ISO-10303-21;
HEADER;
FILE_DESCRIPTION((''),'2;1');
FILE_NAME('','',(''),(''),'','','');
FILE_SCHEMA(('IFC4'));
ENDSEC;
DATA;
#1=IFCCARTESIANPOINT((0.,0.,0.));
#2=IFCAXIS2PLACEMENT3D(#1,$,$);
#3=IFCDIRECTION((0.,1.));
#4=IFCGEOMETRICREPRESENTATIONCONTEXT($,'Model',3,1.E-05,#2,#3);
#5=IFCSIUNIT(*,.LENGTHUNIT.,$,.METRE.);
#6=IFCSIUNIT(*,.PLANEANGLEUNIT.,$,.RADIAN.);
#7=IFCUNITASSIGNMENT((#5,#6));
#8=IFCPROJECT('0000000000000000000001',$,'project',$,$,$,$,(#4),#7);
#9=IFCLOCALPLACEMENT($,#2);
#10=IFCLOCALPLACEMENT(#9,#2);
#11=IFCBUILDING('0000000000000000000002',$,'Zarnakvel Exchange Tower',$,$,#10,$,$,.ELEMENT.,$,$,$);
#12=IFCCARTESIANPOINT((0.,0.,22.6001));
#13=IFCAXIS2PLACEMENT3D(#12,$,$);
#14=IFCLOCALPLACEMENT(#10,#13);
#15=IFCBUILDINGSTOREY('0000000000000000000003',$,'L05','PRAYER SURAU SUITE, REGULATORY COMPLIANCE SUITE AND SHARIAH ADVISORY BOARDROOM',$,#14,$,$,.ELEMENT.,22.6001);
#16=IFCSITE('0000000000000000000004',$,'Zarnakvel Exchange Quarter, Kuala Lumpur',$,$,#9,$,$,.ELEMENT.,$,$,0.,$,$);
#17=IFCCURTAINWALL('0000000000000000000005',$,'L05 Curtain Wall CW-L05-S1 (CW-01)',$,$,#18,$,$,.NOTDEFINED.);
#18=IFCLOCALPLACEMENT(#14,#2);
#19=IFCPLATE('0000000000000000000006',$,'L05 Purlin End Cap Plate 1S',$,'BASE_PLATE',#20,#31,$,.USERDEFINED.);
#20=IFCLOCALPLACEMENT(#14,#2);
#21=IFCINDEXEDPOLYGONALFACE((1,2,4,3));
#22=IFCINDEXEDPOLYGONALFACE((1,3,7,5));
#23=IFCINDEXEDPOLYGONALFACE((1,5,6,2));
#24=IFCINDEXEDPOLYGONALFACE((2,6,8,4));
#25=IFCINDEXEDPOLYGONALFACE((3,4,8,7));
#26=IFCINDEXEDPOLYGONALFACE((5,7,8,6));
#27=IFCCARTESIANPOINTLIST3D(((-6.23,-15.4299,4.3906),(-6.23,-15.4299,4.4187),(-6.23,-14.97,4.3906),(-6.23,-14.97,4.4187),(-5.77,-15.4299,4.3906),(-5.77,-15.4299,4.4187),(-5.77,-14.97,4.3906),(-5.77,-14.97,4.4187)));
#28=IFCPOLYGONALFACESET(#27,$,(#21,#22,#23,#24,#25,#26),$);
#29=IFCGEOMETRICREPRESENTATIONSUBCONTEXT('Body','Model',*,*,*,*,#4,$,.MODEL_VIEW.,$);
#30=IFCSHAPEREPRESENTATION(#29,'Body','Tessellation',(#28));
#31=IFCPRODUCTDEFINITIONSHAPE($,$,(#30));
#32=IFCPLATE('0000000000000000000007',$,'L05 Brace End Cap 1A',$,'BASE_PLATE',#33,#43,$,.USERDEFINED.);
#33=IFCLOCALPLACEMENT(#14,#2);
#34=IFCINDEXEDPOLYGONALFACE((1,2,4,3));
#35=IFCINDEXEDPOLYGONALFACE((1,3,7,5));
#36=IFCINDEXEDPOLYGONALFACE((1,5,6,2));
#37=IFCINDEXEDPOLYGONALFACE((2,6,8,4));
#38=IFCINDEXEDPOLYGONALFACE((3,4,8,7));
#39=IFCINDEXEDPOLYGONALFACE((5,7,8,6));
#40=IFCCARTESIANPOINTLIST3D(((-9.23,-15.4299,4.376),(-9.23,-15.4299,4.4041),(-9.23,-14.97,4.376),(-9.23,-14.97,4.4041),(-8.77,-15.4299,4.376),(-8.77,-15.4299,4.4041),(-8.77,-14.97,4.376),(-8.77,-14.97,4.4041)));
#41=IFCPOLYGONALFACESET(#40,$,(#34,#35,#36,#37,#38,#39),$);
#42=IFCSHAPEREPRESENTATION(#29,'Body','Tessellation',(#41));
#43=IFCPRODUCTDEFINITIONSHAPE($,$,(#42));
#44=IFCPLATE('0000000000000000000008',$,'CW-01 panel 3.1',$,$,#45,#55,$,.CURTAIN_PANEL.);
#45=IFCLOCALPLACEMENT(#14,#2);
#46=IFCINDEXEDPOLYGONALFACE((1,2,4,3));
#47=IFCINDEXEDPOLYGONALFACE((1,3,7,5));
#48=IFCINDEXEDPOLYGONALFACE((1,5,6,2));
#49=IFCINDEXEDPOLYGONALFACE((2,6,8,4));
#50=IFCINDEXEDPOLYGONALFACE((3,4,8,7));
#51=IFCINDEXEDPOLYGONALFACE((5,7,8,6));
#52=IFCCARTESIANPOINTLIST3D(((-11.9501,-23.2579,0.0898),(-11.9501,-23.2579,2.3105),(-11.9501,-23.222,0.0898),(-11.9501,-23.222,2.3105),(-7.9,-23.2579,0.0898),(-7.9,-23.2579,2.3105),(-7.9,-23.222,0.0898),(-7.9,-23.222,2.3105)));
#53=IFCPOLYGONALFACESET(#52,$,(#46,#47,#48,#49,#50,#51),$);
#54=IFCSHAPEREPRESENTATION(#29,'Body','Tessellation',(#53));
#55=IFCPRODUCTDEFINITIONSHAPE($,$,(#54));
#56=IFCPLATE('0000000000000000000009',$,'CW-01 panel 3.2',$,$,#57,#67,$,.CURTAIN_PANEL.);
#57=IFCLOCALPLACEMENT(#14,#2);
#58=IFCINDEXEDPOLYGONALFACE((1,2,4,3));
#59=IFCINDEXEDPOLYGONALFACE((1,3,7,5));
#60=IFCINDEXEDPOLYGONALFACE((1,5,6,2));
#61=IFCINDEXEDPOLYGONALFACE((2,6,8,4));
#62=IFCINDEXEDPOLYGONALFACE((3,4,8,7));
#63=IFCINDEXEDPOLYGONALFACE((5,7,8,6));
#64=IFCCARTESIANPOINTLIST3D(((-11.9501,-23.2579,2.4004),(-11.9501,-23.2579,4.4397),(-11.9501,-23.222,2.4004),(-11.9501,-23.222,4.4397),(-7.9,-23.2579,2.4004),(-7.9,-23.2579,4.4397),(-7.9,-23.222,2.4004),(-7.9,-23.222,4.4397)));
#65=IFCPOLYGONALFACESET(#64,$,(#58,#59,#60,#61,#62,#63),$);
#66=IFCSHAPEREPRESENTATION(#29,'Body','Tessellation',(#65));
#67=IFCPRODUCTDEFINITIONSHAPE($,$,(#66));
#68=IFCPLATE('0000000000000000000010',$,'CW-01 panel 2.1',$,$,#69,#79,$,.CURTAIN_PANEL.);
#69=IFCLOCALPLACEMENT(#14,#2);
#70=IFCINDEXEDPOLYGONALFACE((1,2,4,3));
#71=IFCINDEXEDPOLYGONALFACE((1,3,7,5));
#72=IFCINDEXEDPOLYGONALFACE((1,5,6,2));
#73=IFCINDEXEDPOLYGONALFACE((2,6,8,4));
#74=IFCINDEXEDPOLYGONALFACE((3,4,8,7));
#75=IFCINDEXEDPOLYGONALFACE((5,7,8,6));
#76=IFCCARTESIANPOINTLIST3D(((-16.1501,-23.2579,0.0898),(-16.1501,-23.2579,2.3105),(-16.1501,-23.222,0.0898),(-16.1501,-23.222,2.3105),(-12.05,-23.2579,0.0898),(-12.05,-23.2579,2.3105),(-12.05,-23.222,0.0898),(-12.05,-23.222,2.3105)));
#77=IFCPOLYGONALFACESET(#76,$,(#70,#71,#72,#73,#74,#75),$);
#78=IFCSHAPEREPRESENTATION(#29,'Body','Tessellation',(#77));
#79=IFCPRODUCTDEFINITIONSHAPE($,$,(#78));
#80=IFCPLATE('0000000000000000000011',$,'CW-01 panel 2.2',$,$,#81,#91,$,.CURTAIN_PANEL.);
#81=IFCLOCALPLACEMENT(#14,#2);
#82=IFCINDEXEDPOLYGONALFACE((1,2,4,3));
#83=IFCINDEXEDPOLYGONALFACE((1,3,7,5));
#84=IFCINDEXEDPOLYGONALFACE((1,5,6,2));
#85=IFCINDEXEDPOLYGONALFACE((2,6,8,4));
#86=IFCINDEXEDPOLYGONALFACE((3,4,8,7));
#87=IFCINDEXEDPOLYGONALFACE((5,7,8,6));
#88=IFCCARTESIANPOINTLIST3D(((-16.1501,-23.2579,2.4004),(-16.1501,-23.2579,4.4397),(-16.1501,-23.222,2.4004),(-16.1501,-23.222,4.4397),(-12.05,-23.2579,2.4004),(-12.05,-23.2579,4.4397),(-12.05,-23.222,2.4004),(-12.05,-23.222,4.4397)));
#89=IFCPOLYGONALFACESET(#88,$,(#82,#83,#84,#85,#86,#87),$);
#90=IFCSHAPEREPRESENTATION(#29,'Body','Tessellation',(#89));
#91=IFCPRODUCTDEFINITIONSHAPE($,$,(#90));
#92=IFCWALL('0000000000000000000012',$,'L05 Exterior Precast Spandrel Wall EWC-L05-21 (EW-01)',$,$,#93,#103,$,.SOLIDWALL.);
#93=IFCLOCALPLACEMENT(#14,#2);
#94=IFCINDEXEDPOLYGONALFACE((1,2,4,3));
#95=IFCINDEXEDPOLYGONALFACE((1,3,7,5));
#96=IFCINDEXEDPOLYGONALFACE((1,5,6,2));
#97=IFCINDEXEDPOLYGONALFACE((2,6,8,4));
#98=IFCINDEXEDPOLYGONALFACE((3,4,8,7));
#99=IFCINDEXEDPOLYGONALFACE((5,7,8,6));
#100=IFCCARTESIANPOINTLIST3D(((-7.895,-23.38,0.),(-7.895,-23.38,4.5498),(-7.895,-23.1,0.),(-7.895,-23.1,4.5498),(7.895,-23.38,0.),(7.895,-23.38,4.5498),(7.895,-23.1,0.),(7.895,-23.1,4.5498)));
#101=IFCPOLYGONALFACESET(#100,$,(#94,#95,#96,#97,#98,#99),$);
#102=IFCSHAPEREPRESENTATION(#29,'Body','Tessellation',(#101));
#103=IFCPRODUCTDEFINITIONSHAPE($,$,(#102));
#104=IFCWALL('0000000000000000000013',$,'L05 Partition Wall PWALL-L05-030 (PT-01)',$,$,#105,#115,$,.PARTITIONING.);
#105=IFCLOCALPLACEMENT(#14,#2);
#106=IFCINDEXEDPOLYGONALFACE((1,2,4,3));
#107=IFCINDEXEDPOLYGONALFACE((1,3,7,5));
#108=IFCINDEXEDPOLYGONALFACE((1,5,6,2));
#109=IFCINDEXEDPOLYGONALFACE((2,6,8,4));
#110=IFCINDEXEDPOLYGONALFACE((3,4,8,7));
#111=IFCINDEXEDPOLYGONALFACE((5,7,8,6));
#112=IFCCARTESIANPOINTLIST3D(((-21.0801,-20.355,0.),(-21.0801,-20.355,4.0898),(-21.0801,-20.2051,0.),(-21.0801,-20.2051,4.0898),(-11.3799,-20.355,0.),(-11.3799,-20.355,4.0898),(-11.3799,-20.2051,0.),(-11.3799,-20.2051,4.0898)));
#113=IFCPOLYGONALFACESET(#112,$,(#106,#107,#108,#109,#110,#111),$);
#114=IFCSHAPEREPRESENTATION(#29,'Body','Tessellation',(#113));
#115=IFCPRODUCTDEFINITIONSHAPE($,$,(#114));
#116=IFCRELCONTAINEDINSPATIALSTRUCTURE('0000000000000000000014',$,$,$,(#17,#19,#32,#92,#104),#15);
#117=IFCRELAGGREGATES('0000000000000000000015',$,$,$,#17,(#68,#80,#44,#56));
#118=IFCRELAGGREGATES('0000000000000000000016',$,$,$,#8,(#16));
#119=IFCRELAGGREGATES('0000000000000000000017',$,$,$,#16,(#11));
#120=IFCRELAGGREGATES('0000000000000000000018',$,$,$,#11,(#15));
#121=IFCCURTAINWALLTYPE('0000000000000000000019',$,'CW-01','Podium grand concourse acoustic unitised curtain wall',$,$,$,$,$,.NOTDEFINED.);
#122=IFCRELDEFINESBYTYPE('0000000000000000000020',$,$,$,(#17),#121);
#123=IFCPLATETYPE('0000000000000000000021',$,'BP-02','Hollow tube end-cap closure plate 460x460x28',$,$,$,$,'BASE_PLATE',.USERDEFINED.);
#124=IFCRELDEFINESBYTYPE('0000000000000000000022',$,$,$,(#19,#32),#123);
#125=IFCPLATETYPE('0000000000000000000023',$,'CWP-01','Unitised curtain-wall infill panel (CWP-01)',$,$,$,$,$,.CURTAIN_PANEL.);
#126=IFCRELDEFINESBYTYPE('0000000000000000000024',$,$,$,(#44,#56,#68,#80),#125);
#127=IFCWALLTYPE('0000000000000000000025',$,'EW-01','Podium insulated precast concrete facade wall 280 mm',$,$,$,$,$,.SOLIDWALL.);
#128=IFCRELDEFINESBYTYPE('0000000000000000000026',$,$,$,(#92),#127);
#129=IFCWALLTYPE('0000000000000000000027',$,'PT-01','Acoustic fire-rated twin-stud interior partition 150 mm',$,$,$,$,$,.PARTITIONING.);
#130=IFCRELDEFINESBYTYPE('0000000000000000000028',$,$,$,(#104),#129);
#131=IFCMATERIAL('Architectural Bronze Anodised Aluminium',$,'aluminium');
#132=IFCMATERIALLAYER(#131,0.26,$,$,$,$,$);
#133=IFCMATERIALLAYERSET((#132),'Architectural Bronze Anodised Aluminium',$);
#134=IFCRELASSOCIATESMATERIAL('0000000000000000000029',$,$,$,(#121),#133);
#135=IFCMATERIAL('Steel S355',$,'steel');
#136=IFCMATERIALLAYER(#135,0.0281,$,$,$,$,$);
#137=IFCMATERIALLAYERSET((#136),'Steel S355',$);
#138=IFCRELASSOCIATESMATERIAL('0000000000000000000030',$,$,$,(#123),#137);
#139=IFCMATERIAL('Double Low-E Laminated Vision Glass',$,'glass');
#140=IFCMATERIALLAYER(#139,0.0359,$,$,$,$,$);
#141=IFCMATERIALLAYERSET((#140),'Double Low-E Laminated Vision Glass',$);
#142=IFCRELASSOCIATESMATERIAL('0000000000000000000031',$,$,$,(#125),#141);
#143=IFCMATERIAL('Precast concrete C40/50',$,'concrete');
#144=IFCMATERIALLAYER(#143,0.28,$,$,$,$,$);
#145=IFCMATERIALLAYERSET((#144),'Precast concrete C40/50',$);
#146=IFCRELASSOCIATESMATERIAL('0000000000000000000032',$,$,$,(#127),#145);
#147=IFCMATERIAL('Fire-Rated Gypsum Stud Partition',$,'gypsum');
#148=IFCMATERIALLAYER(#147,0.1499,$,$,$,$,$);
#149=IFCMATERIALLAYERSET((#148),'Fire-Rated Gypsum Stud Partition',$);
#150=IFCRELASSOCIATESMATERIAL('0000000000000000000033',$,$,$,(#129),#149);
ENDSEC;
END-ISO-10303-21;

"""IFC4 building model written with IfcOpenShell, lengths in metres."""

from ifc_helpers import new_model, si_unit, direction, frame, frame_2d, origin, origin_2d, place, context, subcontext, project, spatial, rectangle, extrude, source, transform, mapped, material, layer, layer_set, type_object, element, aggregate, save


model = new_model("IFC4")

# Units and contexts
model_context = context("Model", 3, precision=1e-05, world=origin(), true_north=direction((0.0, 1.0)))
body_context = subcontext(model_context, "Body", "Model", "MODEL_VIEW")
ifc_project = project(units=[si_unit("LENGTHUNIT", "METRE"), si_unit("PLANEANGLEUNIT", "RADIAN")], contexts=[model_context])

# Site, building, storey
site_placement = place(None, origin())
site = spatial("IfcSite", under=ifc_project, at=site_placement, Name="Zarnakvel Exchange Quarter, Kuala Lumpur", CompositionType="ELEMENT", RefElevation=0.0)
building_placement = place(site_placement, origin())
building = spatial("IfcBuilding", under=site, at=building_placement, Name="Zarnakvel Exchange Tower", CompositionType="ELEMENT")
storey_placement = place(building_placement, frame((0.0, 0.0, 22.6001)))
storey = spatial("IfcBuildingStorey", under=building, at=storey_placement, Name="L05", Description="PRAYER SURAU SUITE, REGULATORY COMPLIANCE SUITE AND SHARIAH ADVISORY BOARDROOM", CompositionType="ELEMENT", Elevation=22.6001)

# Shared definitions
ifc_material_1 = material(Name="Steel S355", Category="steel")

# Curtain wall
ifc_material_2 = material(Name="Architectural Bronze Anodised Aluminium", Category="aluminium")
ifc_layer_1 = layer(ifc_material_2, 0.26)
ifc_layer_set_1 = layer_set([ifc_layer_1], Name="Architectural Bronze Anodised Aluminium")
curtain_wall_type = type_object("IfcCurtainWallType", Name="CW-01", Description="Podium grand concourse acoustic unitised curtain wall", PredefinedType="NOTDEFINED", material=ifc_layer_set_1)
curtain_wall_placement = place(storey_placement, origin())
curtain_wall = element("IfcCurtainWall", 1, at=curtain_wall_placement, inside=storey, type_object=curtain_wall_type, Name="L05 Curtain Wall CW-L05-S1 (CW-01)", PredefinedType="NOTDEFINED")

# Plates
ifc_layer_2 = layer(ifc_material_1, 0.0281)
ifc_layer_set_2 = layer_set([ifc_layer_2], Name="Steel S355")
plate_type_1 = type_object("IfcPlateType", Name="BP-02", Description="Hollow tube end-cap closure plate 460x460x28", ElementType="BASE_PLATE", PredefinedType="USERDEFINED", material=ifc_layer_set_2)
shared_shape_1 = source(origin(), body_context, "Body", "SweptSolid", [
    extrude(rectangle(XDim=0.46, YDim=0.46, at=origin_2d()), origin(), (0.0, 0.0, 1.0), 0.0281),
])
for number, where, z_axis, x_axis, name in (
    (2, (-6.0, -15.2, 4.3906), (0.0, 0.0, 1.0), (1.0, 0.0, 0.0), "L05 Purlin End Cap Plate 1S"),
    (3, (-9.0, -15.2, 4.376), (0.0, 0.0, 1.0), (1.0, 0.0, 0.0), "L05 Brace End Cap 1A"),
):
    element("IfcPlate", number, at=place(storey_placement, frame(where, z_axis=z_axis, x_axis=x_axis)), inside=storey, type_object=plate_type_1, Name=name, ObjectType="BASE_PLATE", PredefinedType="USERDEFINED", context=body_context, shape_type="MappedRepresentation", body=[
        mapped(shared_shape_1, transform((0.0, 0.0, 0.0), x_axis=(1.0, 0.0, 0.0), y_axis=(0.0, 1.0, 0.0), z_axis=(0.0, 0.0, 1.0), scale=1.0)),
    ])

# Plates
ifc_material_3 = material(Name="Double Low-E Laminated Vision Glass", Category="glass")
ifc_layer_3 = layer(ifc_material_3, 0.0359)
ifc_layer_set_3 = layer_set([ifc_layer_3], Name="Double Low-E Laminated Vision Glass")
plate_type_2 = type_object("IfcPlateType", Name="CWP-01", Description="Unitised curtain-wall infill panel (CWP-01)", PredefinedType="CURTAIN_PANEL", material=ifc_layer_set_3)
shared_shape_2 = source(origin(), body_context, "Body", "SweptSolid", [
    extrude(rectangle(XDim=4.05, YDim=0.0359, at=origin_2d()), origin(), (0.0, 0.0, 1.0), 2.2207),
])
plate_1_placement = place(storey_placement, frame((-9.925, -23.24, 0.0898), z_axis=(0.0, 0.0, 1.0), x_axis=(1.0, 0.0, 0.0)))
plate_1 = element("IfcPlate", 4, at=plate_1_placement, type_object=plate_type_2, Name="CW-01 panel 3.1", PredefinedType="CURTAIN_PANEL", context=body_context, shape_type="MappedRepresentation", body=[
    mapped(shared_shape_2, transform((0.0, 0.0, 0.0), x_axis=(1.0, 0.0, 0.0), y_axis=(0.0, 1.0, 0.0), z_axis=(0.0, 0.0, 1.0), scale=1.0)),
])
shared_shape_3 = source(origin(), body_context, "Body", "SweptSolid", [
    extrude(rectangle(XDim=4.05, YDim=0.0359, at=origin_2d()), origin(), (0.0, 0.0, 1.0), 2.0393),
])
plate_2_placement = place(storey_placement, frame((-9.925, -23.24, 2.4004), z_axis=(0.0, 0.0, 1.0), x_axis=(1.0, 0.0, 0.0)))
plate_2 = element("IfcPlate", 5, at=plate_2_placement, type_object=plate_type_2, Name="CW-01 panel 3.2", PredefinedType="CURTAIN_PANEL", context=body_context, shape_type="MappedRepresentation", body=[
    mapped(shared_shape_3, transform((0.0, 0.0, 0.0), x_axis=(1.0, 0.0, 0.0), y_axis=(0.0, 1.0, 0.0), z_axis=(0.0, 0.0, 1.0), scale=1.0)),
])
shared_shape_4 = source(origin(), body_context, "Body", "SweptSolid", [
    extrude(rectangle(XDim=4.1001, YDim=0.0359, at=origin_2d()), origin(), (0.0, 0.0, 1.0), 2.2207),
])
plate_3_placement = place(storey_placement, frame((-14.1001, -23.24, 0.0898), z_axis=(0.0, 0.0, 1.0), x_axis=(1.0, 0.0, 0.0)))
plate_3 = element("IfcPlate", 6, at=plate_3_placement, type_object=plate_type_2, Name="CW-01 panel 2.1", PredefinedType="CURTAIN_PANEL", context=body_context, shape_type="MappedRepresentation", body=[
    mapped(shared_shape_4, transform((0.0, 0.0, 0.0), x_axis=(1.0, 0.0, 0.0), y_axis=(0.0, 1.0, 0.0), z_axis=(0.0, 0.0, 1.0), scale=1.0)),
])
shared_shape_5 = source(origin(), body_context, "Body", "SweptSolid", [
    extrude(rectangle(XDim=4.1001, YDim=0.0359, at=origin_2d()), origin(), (0.0, 0.0, 1.0), 2.0393),
])
plate_4_placement = place(storey_placement, frame((-14.1001, -23.24, 2.4004), z_axis=(0.0, 0.0, 1.0), x_axis=(1.0, 0.0, 0.0)))
plate_4 = element("IfcPlate", 7, at=plate_4_placement, type_object=plate_type_2, Name="CW-01 panel 2.2", PredefinedType="CURTAIN_PANEL", context=body_context, shape_type="MappedRepresentation", body=[
    mapped(shared_shape_5, transform((0.0, 0.0, 0.0), x_axis=(1.0, 0.0, 0.0), y_axis=(0.0, 1.0, 0.0), z_axis=(0.0, 0.0, 1.0), scale=1.0)),
])
aggregate(curtain_wall, [plate_3, plate_4, plate_1, plate_2])

# Walls
ifc_material_4 = material(Name="Precast concrete C40/50", Category="concrete")
ifc_layer_4 = layer(ifc_material_4, 0.28)
ifc_layer_set_4 = layer_set([ifc_layer_4], Name="Precast concrete C40/50")
wall_type_1 = type_object("IfcWallType", Name="EW-01", Description="Podium insulated precast concrete facade wall 280 mm", PredefinedType="SOLIDWALL", material=ifc_layer_set_4)
wall_1_placement = place(storey_placement, frame((-7.895, -23.24, 0.0), z_axis=(0.0, 0.0, 1.0), x_axis=(1.0, 0.0, 0.0)))
element("IfcWall", 8, at=wall_1_placement, inside=storey, type_object=wall_type_1, Name="L05 Exterior Precast Spandrel Wall EWC-L05-21 (EW-01)", PredefinedType="SOLIDWALL", context=body_context, shape_type="SweptSolid", body=[
    extrude(rectangle(XDim=15.79, YDim=0.28, at=frame_2d((7.895, 0.0))), origin(), (0.0, 0.0, 1.0), 4.5498),
])
ifc_material_5 = material(Name="Fire-Rated Gypsum Stud Partition", Category="gypsum")
ifc_layer_5 = layer(ifc_material_5, 0.1499)
ifc_layer_set_5 = layer_set([ifc_layer_5], Name="Fire-Rated Gypsum Stud Partition")
wall_type_2 = type_object("IfcWallType", Name="PT-01", Description="Acoustic fire-rated twin-stud interior partition 150 mm", PredefinedType="PARTITIONING", material=ifc_layer_set_5)
wall_2_placement = place(storey_placement, frame((-11.3799, -20.28, 0.0), z_axis=(0.0, 0.0, 1.0), x_axis=(-1.0, 0.0, 0.0)))
element("IfcWall", 9, at=wall_2_placement, inside=storey, type_object=wall_type_2, Name="L05 Partition Wall PWALL-L05-030 (PT-01)", PredefinedType="PARTITIONING", context=body_context, shape_type="SweptSolid", body=[
    extrude(rectangle(XDim=9.7002, YDim=0.1499, at=frame_2d((4.8501, 0.0))), origin(), (0.0, 0.0, 1.0), 4.0898),
])

save(model, "model.ifc")
